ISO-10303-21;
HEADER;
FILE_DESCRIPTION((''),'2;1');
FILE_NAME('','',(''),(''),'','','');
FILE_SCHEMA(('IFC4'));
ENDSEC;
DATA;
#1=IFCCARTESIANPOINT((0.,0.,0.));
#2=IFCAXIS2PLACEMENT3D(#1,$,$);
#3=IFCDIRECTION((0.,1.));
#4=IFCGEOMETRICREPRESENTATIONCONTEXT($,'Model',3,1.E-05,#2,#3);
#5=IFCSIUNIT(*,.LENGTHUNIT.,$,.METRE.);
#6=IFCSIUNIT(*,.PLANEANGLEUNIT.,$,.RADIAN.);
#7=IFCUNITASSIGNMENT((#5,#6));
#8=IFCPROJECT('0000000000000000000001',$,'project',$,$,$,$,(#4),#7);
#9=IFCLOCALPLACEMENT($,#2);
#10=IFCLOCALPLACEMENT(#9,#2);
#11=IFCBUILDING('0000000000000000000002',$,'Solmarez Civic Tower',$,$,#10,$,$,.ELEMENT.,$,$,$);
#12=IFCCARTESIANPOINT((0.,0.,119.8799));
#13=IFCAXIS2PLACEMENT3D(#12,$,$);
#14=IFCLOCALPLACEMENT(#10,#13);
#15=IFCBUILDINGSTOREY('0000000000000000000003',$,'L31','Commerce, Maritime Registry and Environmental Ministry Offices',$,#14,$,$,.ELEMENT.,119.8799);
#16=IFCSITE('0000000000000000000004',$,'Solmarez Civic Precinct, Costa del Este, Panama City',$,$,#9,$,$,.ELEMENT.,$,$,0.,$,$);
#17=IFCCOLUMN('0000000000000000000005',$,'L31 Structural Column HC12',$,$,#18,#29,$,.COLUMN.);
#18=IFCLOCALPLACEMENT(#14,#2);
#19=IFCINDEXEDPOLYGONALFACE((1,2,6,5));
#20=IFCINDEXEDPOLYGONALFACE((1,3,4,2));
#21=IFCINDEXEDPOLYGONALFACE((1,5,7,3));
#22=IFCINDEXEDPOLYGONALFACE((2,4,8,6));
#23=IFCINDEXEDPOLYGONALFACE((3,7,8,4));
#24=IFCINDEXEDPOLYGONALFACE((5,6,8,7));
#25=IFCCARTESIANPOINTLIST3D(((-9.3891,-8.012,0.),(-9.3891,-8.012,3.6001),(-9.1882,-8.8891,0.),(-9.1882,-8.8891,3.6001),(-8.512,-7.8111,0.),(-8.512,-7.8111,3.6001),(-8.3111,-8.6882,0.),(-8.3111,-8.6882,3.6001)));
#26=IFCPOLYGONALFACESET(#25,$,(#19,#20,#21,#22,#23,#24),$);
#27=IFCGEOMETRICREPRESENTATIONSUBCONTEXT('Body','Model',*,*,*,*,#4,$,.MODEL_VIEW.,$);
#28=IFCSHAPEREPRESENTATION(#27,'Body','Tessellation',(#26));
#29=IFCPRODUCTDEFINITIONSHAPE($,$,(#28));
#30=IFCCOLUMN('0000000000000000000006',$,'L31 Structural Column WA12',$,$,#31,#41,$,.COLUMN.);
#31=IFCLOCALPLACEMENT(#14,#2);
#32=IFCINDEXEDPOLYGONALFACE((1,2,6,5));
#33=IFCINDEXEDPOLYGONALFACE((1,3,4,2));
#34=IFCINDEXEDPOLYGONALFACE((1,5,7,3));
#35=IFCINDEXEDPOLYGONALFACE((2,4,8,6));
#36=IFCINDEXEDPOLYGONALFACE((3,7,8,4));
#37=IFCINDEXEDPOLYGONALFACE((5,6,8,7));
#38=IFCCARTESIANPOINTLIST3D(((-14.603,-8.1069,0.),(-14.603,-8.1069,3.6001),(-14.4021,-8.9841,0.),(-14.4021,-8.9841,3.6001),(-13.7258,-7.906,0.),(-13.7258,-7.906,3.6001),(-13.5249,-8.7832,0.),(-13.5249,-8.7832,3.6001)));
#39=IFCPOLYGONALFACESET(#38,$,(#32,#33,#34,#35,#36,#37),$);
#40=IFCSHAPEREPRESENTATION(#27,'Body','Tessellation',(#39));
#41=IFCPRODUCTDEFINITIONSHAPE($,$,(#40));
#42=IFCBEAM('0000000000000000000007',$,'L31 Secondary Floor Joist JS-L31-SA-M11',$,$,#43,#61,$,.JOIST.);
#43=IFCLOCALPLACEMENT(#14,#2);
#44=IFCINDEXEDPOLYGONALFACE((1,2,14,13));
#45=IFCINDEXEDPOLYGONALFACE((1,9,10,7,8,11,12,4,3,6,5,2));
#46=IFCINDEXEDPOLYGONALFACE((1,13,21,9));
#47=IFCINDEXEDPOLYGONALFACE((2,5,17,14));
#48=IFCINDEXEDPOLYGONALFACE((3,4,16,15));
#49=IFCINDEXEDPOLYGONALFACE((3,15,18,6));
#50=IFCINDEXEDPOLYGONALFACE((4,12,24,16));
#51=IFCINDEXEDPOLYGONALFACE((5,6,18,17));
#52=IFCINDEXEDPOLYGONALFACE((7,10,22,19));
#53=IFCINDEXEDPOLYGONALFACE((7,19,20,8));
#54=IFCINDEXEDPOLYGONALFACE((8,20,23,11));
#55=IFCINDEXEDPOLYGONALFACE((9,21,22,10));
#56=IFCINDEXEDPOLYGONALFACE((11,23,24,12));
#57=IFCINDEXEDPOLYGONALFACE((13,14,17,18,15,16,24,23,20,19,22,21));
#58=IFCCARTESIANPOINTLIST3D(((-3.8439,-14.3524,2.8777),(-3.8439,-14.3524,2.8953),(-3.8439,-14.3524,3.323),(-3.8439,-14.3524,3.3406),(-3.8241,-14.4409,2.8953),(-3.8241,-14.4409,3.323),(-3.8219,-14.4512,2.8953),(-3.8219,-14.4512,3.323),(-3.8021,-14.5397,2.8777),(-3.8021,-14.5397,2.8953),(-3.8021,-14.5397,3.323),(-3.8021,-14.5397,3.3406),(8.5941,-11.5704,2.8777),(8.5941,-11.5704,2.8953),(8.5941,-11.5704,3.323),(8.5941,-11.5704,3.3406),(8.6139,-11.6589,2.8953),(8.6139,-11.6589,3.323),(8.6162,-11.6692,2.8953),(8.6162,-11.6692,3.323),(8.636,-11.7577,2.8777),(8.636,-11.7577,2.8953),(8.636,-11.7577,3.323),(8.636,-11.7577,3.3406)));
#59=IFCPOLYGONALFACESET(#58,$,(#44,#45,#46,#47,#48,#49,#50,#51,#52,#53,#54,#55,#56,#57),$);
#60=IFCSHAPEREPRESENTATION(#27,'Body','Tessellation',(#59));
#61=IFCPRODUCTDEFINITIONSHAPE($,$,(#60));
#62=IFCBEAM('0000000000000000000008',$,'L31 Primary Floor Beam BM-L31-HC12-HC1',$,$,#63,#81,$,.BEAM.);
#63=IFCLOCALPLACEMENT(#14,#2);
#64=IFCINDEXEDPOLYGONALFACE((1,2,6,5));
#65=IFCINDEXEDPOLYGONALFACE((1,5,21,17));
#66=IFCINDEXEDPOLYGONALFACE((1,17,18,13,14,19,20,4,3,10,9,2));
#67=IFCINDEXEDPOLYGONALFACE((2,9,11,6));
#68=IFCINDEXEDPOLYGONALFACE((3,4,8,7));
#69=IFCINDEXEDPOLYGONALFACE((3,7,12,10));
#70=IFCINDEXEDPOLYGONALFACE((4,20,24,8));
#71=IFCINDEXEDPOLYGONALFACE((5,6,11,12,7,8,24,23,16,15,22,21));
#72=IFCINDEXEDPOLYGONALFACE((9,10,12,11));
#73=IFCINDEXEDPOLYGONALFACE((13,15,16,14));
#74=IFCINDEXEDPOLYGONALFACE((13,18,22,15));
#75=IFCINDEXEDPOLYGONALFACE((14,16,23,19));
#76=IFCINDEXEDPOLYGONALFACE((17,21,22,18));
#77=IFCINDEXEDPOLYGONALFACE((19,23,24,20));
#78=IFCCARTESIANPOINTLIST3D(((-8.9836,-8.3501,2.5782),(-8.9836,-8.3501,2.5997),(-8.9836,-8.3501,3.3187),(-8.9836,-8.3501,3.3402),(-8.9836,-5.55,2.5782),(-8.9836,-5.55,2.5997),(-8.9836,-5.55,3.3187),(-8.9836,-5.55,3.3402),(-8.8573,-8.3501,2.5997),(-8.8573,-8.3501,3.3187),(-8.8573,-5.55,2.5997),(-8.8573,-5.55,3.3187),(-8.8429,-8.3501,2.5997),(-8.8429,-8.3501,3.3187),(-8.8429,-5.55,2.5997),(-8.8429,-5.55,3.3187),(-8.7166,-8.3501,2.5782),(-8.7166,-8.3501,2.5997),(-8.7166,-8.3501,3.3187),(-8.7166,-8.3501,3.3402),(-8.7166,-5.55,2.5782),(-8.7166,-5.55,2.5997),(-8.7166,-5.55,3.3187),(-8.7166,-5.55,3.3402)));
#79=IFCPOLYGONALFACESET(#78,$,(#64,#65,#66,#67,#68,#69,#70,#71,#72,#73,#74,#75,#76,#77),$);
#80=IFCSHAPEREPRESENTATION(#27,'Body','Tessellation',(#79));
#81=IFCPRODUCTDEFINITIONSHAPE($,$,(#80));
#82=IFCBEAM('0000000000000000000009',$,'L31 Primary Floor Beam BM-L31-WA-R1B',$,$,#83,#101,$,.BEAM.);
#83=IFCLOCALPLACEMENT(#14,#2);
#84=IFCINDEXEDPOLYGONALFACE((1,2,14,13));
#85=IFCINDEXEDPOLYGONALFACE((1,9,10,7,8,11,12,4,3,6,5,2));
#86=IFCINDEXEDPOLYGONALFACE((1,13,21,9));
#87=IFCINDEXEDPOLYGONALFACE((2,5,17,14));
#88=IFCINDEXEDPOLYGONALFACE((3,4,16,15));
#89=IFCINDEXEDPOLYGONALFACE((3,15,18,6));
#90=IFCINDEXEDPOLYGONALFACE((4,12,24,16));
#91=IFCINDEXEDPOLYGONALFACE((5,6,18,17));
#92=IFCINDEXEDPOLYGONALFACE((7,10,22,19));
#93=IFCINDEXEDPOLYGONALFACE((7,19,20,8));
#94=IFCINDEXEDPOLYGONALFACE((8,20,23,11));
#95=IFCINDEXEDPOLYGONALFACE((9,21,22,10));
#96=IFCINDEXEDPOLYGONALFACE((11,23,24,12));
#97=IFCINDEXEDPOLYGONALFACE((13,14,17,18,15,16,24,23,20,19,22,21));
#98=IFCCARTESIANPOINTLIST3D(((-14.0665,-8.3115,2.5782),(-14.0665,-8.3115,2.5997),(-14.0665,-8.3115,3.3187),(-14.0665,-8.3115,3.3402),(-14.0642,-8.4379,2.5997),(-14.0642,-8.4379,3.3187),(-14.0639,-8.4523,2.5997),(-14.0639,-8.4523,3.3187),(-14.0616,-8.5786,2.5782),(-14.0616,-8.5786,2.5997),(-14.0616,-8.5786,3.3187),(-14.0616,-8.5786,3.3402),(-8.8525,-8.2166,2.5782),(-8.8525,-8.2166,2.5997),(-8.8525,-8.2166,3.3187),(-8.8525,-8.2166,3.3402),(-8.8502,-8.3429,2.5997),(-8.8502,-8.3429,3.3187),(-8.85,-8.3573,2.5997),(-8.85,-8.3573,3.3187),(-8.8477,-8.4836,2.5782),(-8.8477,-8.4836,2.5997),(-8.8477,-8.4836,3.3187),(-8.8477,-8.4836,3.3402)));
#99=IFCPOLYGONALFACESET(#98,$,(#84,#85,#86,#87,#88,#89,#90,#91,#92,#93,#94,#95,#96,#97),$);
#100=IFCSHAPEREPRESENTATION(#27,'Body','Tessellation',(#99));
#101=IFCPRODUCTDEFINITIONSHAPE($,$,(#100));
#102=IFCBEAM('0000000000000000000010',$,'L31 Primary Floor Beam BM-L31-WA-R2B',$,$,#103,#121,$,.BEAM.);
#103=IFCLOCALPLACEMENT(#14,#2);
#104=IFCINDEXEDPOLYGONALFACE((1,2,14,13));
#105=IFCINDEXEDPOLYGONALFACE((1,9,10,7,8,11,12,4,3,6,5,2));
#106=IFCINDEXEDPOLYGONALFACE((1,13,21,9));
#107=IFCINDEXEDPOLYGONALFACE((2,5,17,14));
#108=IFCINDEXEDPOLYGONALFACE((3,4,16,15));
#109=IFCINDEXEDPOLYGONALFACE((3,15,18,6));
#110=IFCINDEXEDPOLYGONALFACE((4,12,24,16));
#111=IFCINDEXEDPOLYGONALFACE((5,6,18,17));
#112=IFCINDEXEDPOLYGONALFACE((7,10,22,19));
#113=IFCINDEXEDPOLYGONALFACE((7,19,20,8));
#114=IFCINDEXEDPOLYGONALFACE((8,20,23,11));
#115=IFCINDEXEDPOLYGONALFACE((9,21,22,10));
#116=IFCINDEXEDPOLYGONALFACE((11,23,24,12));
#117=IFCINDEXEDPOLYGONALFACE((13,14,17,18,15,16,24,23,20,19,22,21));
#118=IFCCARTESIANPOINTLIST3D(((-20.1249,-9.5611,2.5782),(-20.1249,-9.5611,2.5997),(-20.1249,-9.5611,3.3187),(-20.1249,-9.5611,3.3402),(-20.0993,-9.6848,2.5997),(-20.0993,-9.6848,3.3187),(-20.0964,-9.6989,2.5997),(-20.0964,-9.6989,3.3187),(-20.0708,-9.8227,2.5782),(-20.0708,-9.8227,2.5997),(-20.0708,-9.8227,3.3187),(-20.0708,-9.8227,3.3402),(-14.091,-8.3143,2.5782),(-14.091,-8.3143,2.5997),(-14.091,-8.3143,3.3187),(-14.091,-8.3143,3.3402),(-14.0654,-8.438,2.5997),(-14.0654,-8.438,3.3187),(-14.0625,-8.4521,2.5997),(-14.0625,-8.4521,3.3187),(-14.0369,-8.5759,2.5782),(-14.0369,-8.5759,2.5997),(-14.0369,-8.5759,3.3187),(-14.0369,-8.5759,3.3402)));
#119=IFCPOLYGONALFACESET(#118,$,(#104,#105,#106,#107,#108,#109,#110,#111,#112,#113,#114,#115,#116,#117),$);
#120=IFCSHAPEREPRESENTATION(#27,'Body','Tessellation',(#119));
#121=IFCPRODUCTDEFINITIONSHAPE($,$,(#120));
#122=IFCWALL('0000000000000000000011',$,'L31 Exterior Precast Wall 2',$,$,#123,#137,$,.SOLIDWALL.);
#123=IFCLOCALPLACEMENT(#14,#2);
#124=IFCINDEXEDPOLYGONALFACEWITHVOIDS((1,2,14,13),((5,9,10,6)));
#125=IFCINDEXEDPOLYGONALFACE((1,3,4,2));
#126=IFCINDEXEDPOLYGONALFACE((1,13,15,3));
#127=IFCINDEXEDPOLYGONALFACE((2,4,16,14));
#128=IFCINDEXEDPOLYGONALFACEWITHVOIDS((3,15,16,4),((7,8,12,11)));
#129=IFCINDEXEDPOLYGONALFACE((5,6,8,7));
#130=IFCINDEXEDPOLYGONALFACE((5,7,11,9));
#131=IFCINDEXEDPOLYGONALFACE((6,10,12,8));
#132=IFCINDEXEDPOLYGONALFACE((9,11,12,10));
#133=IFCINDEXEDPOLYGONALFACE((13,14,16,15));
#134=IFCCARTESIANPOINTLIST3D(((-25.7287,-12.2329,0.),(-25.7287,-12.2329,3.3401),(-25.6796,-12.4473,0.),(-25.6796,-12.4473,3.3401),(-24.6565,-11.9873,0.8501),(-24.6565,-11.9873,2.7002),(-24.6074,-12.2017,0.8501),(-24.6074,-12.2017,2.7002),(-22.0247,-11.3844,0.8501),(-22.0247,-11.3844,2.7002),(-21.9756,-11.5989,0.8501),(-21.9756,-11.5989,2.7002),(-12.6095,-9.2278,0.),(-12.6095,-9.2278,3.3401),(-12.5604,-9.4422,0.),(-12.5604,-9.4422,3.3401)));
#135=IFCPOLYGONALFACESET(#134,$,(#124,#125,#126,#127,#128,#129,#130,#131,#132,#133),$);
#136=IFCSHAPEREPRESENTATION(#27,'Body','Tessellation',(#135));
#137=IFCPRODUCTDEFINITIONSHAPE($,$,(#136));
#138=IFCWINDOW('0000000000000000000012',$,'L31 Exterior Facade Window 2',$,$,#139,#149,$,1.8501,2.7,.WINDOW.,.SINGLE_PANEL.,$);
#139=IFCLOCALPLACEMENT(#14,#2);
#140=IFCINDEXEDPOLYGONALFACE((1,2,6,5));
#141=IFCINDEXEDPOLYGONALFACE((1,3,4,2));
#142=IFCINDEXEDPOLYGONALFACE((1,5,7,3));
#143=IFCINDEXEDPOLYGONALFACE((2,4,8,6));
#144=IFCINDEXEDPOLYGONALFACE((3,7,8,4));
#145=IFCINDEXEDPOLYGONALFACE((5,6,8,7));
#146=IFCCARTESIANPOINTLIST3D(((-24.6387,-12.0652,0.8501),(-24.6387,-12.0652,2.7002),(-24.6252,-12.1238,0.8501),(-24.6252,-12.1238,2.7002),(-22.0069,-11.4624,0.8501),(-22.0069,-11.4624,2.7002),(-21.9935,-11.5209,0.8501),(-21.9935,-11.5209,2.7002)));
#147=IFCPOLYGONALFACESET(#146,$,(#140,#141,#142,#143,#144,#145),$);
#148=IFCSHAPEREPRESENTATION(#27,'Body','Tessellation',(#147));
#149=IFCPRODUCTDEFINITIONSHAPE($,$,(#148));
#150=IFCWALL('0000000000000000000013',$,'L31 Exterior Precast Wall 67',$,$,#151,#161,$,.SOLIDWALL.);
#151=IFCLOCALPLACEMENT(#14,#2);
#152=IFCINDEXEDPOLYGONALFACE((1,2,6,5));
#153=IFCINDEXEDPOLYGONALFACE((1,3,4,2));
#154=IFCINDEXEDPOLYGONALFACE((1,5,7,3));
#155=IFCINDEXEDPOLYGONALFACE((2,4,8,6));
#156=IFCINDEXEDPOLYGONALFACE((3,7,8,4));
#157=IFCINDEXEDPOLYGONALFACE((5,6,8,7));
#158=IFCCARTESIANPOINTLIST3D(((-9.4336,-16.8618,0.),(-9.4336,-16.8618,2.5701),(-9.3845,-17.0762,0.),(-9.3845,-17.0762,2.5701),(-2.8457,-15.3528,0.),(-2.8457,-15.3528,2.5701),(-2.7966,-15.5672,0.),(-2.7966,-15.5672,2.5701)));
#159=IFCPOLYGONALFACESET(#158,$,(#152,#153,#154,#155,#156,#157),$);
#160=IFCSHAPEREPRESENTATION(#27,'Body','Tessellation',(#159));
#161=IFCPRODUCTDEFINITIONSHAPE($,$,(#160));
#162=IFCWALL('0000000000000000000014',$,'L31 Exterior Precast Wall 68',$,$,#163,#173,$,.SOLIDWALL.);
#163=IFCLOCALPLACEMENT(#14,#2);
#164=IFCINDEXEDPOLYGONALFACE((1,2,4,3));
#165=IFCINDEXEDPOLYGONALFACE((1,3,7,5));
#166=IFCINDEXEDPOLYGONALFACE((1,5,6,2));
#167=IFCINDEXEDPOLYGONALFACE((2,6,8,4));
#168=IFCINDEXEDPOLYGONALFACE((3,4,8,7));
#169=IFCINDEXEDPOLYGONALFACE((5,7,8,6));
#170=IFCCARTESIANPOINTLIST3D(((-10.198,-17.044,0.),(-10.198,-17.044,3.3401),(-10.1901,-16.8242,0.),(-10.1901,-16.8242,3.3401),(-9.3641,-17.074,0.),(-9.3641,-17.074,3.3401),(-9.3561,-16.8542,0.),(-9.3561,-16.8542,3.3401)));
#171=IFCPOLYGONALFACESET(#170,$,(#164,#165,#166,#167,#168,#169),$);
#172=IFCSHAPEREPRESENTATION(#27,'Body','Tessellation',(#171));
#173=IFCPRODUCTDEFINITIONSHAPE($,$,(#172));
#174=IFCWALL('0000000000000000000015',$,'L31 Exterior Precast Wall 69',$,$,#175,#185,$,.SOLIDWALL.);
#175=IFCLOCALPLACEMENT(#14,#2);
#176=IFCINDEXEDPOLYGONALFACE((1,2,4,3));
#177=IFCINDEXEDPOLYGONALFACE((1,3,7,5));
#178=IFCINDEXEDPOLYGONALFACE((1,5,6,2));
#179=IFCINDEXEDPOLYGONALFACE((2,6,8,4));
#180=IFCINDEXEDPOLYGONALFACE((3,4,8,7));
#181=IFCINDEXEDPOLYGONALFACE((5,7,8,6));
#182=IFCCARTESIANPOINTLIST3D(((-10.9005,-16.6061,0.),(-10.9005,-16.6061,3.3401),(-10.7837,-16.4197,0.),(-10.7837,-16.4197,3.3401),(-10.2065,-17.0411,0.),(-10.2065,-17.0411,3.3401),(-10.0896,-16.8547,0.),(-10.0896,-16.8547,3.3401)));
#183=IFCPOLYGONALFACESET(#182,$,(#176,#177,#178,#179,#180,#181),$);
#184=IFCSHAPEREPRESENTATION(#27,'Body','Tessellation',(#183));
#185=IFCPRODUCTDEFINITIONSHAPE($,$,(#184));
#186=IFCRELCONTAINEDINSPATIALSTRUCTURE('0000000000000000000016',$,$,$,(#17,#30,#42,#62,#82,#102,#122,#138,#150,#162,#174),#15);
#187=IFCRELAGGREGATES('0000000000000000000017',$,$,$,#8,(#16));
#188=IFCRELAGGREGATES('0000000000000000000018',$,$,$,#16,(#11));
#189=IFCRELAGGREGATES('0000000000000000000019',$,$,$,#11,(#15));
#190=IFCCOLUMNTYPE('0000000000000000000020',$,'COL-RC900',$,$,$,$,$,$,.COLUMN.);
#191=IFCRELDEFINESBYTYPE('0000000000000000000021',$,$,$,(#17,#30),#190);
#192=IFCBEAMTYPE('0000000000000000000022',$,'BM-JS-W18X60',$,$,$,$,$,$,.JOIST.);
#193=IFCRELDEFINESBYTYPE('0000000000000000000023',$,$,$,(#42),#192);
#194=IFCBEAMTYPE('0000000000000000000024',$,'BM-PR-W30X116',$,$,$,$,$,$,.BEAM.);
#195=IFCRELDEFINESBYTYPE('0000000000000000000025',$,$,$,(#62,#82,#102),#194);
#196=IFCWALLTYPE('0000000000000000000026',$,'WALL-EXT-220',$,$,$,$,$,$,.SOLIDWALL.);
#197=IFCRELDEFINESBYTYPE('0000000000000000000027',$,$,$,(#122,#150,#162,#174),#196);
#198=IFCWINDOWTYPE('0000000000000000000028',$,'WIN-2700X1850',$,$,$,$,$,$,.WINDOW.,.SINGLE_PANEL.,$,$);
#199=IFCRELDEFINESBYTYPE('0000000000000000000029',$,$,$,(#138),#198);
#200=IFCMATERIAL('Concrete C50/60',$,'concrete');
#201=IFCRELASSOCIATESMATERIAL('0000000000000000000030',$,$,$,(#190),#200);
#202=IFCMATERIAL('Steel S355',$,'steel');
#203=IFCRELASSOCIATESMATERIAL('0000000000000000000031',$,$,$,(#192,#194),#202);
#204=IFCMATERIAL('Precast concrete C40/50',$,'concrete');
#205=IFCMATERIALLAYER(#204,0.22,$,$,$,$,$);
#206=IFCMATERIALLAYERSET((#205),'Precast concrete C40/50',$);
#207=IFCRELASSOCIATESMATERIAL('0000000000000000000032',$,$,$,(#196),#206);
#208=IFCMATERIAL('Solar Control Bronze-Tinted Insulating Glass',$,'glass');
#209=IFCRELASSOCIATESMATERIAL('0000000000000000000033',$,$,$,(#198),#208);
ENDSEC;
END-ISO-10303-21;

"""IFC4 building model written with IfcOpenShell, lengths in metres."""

from ifc_helpers import new_model, si_unit, direction, frame, frame_2d, origin, origin_2d, place, context, subcontext, project, spatial, rectangle, i_section, extrude, material, layer, layer_set, material_profile, profile_set, type_object, element, fill, save


model = new_model("IFC4")

# Units and contexts
model_context = context("Model", 3, precision=1e-05, world=origin(), true_north=direction((0.0, 1.0)))
body_context = subcontext(model_context, "Body", "Model", "MODEL_VIEW")
ifc_project = project(units=[si_unit("LENGTHUNIT", "METRE"), si_unit("PLANEANGLEUNIT", "RADIAN")], contexts=[model_context])

# Site, building, storey
site_placement = place(None, origin())
site = spatial("IfcSite", under=ifc_project, at=site_placement, Name="Solmarez Civic Precinct, Costa del Este, Panama City", CompositionType="ELEMENT", RefElevation=0.0)
building_placement = place(site_placement, origin())
building = spatial("IfcBuilding", under=site, at=building_placement, Name="Solmarez Civic Tower", CompositionType="ELEMENT")
storey_placement = place(building_placement, frame((0.0, 0.0, 119.8799)))
storey = spatial("IfcBuildingStorey", under=building, at=storey_placement, Name="L31", Description="Commerce, Maritime Registry and Environmental Ministry Offices", CompositionType="ELEMENT", Elevation=119.8799)

# Columns
ifc_material_1 = material(Name="Concrete C50/60", Category="concrete")
ifc_material_profile_1 = material_profile(ifc_material_1, rectangle(XDim=0.8999, YDim=0.8999, at=origin_2d()), Name="RC900X900")
ifc_profile_set_1 = profile_set([ifc_material_profile_1], Name="Concrete C50/60")
column_type = type_object("IfcColumnType", Name="COL-RC900", PredefinedType="COLUMN", material=ifc_profile_set_1)
for number, where, z_axis, x_axis, name in (
    (1, (-8.8501, -8.3501, 0.0), (0.0, 0.0, 1.0), (0.974761, 0.22325, 0.0), "L31 Structural Column HC12"),
    (2, (-14.064, -8.4451, 0.0), (0.0, 0.0, 1.0), (0.974761, 0.22325, 0.0), "L31 Structural Column WA12"),
):
    element("IfcColumn", number, at=place(storey_placement, frame(where, z_axis=z_axis, x_axis=x_axis)), inside=storey, type_object=column_type, Name=name, PredefinedType="COLUMN", context=body_context, shape_type="SweptSolid", body=[
        extrude(rectangle(XDim=0.8999, YDim=0.8999, at=origin_2d()), origin(), (0.0, 0.0, 1.0), 3.6001),
    ])

# Beams
ifc_material_2 = material(Name="Steel S355", Category="steel")
ifc_material_profile_2 = material_profile(ifc_material_2, i_section(OverallWidth=0.1919, OverallDepth=0.4629, WebThickness=0.0105, FlangeThickness=0.0176, at=origin_2d()), Name="W18X60")
ifc_profile_set_2 = profile_set([ifc_material_profile_2], Name="Steel S355")
beam_type_1 = type_object("IfcBeamType", Name="BM-JS-W18X60", PredefinedType="JOIST", material=ifc_profile_set_2)
beam_1_placement = place(storey_placement, frame((-3.823, -14.446, 3.1091), z_axis=(0.975887, 0.218275, 0.0), x_axis=(-0.218275, 0.975887, 0.0)))
element("IfcBeam", 3, at=beam_1_placement, inside=storey, type_object=beam_type_1, Name="L31 Secondary Floor Joist JS-L31-SA-M11", PredefinedType="JOIST", context=body_context, shape_type="SweptSolid", body=[
    extrude(i_section(OverallWidth=0.1919, OverallDepth=0.4629, WebThickness=0.0105, FlangeThickness=0.0176, at=origin_2d()), origin(), (0.0, 0.0, 1.0), 12.7454),
])
ifc_material_profile_3 = material_profile(ifc_material_2, i_section(OverallWidth=0.2671, OverallDepth=0.762, WebThickness=0.0144, FlangeThickness=0.0215, at=origin_2d()), Name="W30X116")
ifc_profile_set_3 = profile_set([ifc_material_profile_3], Name="Steel S355")
beam_type_2 = type_object("IfcBeamType", Name="BM-PR-W30X116", PredefinedType="BEAM", material=ifc_profile_set_3)
beam_2_placement = place(storey_placement, frame((-8.8501, -8.3501, 2.9592), z_axis=(0.0, 1.0, 0.0), x_axis=(-1.0, 0.0, 0.0)))
element("IfcBeam", 4, at=beam_2_placement, inside=storey, type_object=beam_type_2, Name="L31 Primary Floor Beam BM-L31-HC12-HC1", PredefinedType="BEAM", context=body_context, shape_type="SweptSolid", body=[
    extrude(i_section(OverallWidth=0.2671, OverallDepth=0.762, WebThickness=0.0144, FlangeThickness=0.0215, at=origin_2d()), origin(), (0.0, 0.0, 1.0), 2.8),
])
beam_3_placement = place(storey_placement, frame((-8.8501, -8.3501, 2.9592), z_axis=(-0.999834, -0.018212, 0.0), x_axis=(0.018212, -0.999834, 0.0)))
element("IfcBeam", 5, at=beam_3_placement, inside=storey, type_object=beam_type_2, Name="L31 Primary Floor Beam BM-L31-WA-R1B", PredefinedType="BEAM", context=body_context, shape_type="SweptSolid", body=[
    extrude(i_section(OverallWidth=0.2671, OverallDepth=0.762, WebThickness=0.0144, FlangeThickness=0.0215, at=origin_2d()), origin(), (0.0, 0.0, 1.0), 5.2148),
])
beam_4_placement = place(storey_placement, frame((-14.064, -8.4451, 2.9592), z_axis=(-0.979311, -0.202361, 0.0), x_axis=(0.202361, -0.979311, 0.0)))
element("IfcBeam", 6, at=beam_4_placement, inside=storey, type_object=beam_type_2, Name="L31 Primary Floor Beam BM-L31-WA-R2B", PredefinedType="BEAM", context=body_context, shape_type="SweptSolid", body=[
    extrude(i_section(OverallWidth=0.2671, OverallDepth=0.762, WebThickness=0.0144, FlangeThickness=0.0215, at=origin_2d()), origin(), (0.0, 0.0, 1.0), 6.1614),
])

# Wall, opening, window
ifc_material_3 = material(Name="Precast concrete C40/50", Category="concrete")
ifc_layer_1 = layer(ifc_material_3, 0.22)
ifc_layer_set_1 = layer_set([ifc_layer_1], Name="Precast concrete C40/50")
wall_type_1 = type_object("IfcWallType", Name="WALL-EXT-220", PredefinedType="SOLIDWALL", material=ifc_layer_set_1)
wall_1_placement = place(storey_placement, frame((-12.585, -9.335, 0.0), z_axis=(0.0, 0.0, 1.0), x_axis=(-0.974754, -0.223281, 0.0)))
wall_1 = element("IfcWall", 7, at=wall_1_placement, inside=storey, type_object=wall_type_1, Name="L31 Exterior Precast Wall 2", PredefinedType="SOLIDWALL", context=body_context, shape_type="SweptSolid", body=[
    extrude(rectangle(XDim=13.459, YDim=0.22, at=frame_2d((6.7295, 0.0))), origin(), (0.0, 0.0, 1.0), 3.3401),
])
opening_1_placement = place(wall_1_placement, frame((9.6589, 0.0, 0.8501)))
opening_1 = element("IfcOpeningElement", 8, at=opening_1_placement, cuts=wall_1, PredefinedType="OPENING", context=body_context, shape_type="SweptSolid", body=[
    extrude(rectangle(XDim=2.7, YDim=1.8501, at=frame_2d((1.3501, 0.925))), frame((0.0, 0.1199, 0.0), z_axis=(0.0, -1.0, 0.0), x_axis=(1.0, 0.0, 0.0)), (0.0, 0.0, 1.0), 0.24),
])
ifc_material_4 = material(Name="Solar Control Bronze-Tinted Insulating Glass", Category="glass")
window_type = type_object("IfcWindowType", Name="WIN-2700X1850", PartitioningType="SINGLE_PANEL", PredefinedType="WINDOW", material=ifc_material_4)
window_placement = place(opening_1_placement, origin())
window = element("IfcWindow", 9, at=window_placement, inside=storey, type_object=window_type, Name="L31 Exterior Facade Window 2", OverallHeight=1.8501, OverallWidth=2.7, PartitioningType="SINGLE_PANEL", PredefinedType="WINDOW", context=body_context, shape_type="SweptSolid", body=[
    extrude(rectangle(XDim=2.7, YDim=1.8501, at=frame_2d((1.3501, 0.925))), frame((0.0, 0.03, 0.0), z_axis=(0.0, -1.0, 0.0), x_axis=(1.0, 0.0, 0.0)), (0.0, 0.0, 1.0), 0.0601),
])
fill(opening_1, window)

# Walls
wall_2_placement = place(storey_placement, frame((-2.821, -15.46, 0.0), z_axis=(0.0, 0.0, 1.0), x_axis=(-0.974755, -0.223279, 0.0)))
element("IfcWall", 10, at=wall_2_placement, inside=storey, type_object=wall_type_1, Name="L31 Exterior Precast Wall 67", PredefinedType="SOLIDWALL", context=body_context, shape_type="SweptSolid", body=[
    extrude(rectangle(XDim=6.7585, YDim=0.22, at=frame_2d((3.3794, 0.0))), origin(), (0.0, 0.0, 1.0), 2.5701),
])
wall_3_placement = place(storey_placement, frame((-9.3601, -16.9641, 0.0), z_axis=(0.0, 0.0, 1.0), x_axis=(-0.999352, 0.035984, 0.0)))
element("IfcWall", 11, at=wall_3_placement, inside=storey, type_object=wall_type_1, Name="L31 Exterior Precast Wall 68", PredefinedType="SOLIDWALL", context=body_context, shape_type="SweptSolid", body=[
    extrude(rectangle(XDim=0.8345, YDim=0.22, at=frame_2d((0.4172, 0.0))), origin(), (0.0, 0.0, 1.0), 3.3401),
])
wall_4_placement = place(storey_placement, frame((-10.1479, -16.948, 0.0), z_axis=(0.0, 0.0, 1.0), x_axis=(-0.847311, 0.531097, 0.0)))
element("IfcWall", 12, at=wall_4_placement, inside=storey, type_object=wall_type_1, Name="L31 Exterior Precast Wall 69", PredefinedType="SOLIDWALL", context=body_context, shape_type="SweptSolid", body=[
    extrude(rectangle(XDim=0.8191, YDim=0.22, at=frame_2d((0.4097, 0.0))), origin(), (0.0, 0.0, 1.0), 3.3401),
])

save(model, "model.ifc")
